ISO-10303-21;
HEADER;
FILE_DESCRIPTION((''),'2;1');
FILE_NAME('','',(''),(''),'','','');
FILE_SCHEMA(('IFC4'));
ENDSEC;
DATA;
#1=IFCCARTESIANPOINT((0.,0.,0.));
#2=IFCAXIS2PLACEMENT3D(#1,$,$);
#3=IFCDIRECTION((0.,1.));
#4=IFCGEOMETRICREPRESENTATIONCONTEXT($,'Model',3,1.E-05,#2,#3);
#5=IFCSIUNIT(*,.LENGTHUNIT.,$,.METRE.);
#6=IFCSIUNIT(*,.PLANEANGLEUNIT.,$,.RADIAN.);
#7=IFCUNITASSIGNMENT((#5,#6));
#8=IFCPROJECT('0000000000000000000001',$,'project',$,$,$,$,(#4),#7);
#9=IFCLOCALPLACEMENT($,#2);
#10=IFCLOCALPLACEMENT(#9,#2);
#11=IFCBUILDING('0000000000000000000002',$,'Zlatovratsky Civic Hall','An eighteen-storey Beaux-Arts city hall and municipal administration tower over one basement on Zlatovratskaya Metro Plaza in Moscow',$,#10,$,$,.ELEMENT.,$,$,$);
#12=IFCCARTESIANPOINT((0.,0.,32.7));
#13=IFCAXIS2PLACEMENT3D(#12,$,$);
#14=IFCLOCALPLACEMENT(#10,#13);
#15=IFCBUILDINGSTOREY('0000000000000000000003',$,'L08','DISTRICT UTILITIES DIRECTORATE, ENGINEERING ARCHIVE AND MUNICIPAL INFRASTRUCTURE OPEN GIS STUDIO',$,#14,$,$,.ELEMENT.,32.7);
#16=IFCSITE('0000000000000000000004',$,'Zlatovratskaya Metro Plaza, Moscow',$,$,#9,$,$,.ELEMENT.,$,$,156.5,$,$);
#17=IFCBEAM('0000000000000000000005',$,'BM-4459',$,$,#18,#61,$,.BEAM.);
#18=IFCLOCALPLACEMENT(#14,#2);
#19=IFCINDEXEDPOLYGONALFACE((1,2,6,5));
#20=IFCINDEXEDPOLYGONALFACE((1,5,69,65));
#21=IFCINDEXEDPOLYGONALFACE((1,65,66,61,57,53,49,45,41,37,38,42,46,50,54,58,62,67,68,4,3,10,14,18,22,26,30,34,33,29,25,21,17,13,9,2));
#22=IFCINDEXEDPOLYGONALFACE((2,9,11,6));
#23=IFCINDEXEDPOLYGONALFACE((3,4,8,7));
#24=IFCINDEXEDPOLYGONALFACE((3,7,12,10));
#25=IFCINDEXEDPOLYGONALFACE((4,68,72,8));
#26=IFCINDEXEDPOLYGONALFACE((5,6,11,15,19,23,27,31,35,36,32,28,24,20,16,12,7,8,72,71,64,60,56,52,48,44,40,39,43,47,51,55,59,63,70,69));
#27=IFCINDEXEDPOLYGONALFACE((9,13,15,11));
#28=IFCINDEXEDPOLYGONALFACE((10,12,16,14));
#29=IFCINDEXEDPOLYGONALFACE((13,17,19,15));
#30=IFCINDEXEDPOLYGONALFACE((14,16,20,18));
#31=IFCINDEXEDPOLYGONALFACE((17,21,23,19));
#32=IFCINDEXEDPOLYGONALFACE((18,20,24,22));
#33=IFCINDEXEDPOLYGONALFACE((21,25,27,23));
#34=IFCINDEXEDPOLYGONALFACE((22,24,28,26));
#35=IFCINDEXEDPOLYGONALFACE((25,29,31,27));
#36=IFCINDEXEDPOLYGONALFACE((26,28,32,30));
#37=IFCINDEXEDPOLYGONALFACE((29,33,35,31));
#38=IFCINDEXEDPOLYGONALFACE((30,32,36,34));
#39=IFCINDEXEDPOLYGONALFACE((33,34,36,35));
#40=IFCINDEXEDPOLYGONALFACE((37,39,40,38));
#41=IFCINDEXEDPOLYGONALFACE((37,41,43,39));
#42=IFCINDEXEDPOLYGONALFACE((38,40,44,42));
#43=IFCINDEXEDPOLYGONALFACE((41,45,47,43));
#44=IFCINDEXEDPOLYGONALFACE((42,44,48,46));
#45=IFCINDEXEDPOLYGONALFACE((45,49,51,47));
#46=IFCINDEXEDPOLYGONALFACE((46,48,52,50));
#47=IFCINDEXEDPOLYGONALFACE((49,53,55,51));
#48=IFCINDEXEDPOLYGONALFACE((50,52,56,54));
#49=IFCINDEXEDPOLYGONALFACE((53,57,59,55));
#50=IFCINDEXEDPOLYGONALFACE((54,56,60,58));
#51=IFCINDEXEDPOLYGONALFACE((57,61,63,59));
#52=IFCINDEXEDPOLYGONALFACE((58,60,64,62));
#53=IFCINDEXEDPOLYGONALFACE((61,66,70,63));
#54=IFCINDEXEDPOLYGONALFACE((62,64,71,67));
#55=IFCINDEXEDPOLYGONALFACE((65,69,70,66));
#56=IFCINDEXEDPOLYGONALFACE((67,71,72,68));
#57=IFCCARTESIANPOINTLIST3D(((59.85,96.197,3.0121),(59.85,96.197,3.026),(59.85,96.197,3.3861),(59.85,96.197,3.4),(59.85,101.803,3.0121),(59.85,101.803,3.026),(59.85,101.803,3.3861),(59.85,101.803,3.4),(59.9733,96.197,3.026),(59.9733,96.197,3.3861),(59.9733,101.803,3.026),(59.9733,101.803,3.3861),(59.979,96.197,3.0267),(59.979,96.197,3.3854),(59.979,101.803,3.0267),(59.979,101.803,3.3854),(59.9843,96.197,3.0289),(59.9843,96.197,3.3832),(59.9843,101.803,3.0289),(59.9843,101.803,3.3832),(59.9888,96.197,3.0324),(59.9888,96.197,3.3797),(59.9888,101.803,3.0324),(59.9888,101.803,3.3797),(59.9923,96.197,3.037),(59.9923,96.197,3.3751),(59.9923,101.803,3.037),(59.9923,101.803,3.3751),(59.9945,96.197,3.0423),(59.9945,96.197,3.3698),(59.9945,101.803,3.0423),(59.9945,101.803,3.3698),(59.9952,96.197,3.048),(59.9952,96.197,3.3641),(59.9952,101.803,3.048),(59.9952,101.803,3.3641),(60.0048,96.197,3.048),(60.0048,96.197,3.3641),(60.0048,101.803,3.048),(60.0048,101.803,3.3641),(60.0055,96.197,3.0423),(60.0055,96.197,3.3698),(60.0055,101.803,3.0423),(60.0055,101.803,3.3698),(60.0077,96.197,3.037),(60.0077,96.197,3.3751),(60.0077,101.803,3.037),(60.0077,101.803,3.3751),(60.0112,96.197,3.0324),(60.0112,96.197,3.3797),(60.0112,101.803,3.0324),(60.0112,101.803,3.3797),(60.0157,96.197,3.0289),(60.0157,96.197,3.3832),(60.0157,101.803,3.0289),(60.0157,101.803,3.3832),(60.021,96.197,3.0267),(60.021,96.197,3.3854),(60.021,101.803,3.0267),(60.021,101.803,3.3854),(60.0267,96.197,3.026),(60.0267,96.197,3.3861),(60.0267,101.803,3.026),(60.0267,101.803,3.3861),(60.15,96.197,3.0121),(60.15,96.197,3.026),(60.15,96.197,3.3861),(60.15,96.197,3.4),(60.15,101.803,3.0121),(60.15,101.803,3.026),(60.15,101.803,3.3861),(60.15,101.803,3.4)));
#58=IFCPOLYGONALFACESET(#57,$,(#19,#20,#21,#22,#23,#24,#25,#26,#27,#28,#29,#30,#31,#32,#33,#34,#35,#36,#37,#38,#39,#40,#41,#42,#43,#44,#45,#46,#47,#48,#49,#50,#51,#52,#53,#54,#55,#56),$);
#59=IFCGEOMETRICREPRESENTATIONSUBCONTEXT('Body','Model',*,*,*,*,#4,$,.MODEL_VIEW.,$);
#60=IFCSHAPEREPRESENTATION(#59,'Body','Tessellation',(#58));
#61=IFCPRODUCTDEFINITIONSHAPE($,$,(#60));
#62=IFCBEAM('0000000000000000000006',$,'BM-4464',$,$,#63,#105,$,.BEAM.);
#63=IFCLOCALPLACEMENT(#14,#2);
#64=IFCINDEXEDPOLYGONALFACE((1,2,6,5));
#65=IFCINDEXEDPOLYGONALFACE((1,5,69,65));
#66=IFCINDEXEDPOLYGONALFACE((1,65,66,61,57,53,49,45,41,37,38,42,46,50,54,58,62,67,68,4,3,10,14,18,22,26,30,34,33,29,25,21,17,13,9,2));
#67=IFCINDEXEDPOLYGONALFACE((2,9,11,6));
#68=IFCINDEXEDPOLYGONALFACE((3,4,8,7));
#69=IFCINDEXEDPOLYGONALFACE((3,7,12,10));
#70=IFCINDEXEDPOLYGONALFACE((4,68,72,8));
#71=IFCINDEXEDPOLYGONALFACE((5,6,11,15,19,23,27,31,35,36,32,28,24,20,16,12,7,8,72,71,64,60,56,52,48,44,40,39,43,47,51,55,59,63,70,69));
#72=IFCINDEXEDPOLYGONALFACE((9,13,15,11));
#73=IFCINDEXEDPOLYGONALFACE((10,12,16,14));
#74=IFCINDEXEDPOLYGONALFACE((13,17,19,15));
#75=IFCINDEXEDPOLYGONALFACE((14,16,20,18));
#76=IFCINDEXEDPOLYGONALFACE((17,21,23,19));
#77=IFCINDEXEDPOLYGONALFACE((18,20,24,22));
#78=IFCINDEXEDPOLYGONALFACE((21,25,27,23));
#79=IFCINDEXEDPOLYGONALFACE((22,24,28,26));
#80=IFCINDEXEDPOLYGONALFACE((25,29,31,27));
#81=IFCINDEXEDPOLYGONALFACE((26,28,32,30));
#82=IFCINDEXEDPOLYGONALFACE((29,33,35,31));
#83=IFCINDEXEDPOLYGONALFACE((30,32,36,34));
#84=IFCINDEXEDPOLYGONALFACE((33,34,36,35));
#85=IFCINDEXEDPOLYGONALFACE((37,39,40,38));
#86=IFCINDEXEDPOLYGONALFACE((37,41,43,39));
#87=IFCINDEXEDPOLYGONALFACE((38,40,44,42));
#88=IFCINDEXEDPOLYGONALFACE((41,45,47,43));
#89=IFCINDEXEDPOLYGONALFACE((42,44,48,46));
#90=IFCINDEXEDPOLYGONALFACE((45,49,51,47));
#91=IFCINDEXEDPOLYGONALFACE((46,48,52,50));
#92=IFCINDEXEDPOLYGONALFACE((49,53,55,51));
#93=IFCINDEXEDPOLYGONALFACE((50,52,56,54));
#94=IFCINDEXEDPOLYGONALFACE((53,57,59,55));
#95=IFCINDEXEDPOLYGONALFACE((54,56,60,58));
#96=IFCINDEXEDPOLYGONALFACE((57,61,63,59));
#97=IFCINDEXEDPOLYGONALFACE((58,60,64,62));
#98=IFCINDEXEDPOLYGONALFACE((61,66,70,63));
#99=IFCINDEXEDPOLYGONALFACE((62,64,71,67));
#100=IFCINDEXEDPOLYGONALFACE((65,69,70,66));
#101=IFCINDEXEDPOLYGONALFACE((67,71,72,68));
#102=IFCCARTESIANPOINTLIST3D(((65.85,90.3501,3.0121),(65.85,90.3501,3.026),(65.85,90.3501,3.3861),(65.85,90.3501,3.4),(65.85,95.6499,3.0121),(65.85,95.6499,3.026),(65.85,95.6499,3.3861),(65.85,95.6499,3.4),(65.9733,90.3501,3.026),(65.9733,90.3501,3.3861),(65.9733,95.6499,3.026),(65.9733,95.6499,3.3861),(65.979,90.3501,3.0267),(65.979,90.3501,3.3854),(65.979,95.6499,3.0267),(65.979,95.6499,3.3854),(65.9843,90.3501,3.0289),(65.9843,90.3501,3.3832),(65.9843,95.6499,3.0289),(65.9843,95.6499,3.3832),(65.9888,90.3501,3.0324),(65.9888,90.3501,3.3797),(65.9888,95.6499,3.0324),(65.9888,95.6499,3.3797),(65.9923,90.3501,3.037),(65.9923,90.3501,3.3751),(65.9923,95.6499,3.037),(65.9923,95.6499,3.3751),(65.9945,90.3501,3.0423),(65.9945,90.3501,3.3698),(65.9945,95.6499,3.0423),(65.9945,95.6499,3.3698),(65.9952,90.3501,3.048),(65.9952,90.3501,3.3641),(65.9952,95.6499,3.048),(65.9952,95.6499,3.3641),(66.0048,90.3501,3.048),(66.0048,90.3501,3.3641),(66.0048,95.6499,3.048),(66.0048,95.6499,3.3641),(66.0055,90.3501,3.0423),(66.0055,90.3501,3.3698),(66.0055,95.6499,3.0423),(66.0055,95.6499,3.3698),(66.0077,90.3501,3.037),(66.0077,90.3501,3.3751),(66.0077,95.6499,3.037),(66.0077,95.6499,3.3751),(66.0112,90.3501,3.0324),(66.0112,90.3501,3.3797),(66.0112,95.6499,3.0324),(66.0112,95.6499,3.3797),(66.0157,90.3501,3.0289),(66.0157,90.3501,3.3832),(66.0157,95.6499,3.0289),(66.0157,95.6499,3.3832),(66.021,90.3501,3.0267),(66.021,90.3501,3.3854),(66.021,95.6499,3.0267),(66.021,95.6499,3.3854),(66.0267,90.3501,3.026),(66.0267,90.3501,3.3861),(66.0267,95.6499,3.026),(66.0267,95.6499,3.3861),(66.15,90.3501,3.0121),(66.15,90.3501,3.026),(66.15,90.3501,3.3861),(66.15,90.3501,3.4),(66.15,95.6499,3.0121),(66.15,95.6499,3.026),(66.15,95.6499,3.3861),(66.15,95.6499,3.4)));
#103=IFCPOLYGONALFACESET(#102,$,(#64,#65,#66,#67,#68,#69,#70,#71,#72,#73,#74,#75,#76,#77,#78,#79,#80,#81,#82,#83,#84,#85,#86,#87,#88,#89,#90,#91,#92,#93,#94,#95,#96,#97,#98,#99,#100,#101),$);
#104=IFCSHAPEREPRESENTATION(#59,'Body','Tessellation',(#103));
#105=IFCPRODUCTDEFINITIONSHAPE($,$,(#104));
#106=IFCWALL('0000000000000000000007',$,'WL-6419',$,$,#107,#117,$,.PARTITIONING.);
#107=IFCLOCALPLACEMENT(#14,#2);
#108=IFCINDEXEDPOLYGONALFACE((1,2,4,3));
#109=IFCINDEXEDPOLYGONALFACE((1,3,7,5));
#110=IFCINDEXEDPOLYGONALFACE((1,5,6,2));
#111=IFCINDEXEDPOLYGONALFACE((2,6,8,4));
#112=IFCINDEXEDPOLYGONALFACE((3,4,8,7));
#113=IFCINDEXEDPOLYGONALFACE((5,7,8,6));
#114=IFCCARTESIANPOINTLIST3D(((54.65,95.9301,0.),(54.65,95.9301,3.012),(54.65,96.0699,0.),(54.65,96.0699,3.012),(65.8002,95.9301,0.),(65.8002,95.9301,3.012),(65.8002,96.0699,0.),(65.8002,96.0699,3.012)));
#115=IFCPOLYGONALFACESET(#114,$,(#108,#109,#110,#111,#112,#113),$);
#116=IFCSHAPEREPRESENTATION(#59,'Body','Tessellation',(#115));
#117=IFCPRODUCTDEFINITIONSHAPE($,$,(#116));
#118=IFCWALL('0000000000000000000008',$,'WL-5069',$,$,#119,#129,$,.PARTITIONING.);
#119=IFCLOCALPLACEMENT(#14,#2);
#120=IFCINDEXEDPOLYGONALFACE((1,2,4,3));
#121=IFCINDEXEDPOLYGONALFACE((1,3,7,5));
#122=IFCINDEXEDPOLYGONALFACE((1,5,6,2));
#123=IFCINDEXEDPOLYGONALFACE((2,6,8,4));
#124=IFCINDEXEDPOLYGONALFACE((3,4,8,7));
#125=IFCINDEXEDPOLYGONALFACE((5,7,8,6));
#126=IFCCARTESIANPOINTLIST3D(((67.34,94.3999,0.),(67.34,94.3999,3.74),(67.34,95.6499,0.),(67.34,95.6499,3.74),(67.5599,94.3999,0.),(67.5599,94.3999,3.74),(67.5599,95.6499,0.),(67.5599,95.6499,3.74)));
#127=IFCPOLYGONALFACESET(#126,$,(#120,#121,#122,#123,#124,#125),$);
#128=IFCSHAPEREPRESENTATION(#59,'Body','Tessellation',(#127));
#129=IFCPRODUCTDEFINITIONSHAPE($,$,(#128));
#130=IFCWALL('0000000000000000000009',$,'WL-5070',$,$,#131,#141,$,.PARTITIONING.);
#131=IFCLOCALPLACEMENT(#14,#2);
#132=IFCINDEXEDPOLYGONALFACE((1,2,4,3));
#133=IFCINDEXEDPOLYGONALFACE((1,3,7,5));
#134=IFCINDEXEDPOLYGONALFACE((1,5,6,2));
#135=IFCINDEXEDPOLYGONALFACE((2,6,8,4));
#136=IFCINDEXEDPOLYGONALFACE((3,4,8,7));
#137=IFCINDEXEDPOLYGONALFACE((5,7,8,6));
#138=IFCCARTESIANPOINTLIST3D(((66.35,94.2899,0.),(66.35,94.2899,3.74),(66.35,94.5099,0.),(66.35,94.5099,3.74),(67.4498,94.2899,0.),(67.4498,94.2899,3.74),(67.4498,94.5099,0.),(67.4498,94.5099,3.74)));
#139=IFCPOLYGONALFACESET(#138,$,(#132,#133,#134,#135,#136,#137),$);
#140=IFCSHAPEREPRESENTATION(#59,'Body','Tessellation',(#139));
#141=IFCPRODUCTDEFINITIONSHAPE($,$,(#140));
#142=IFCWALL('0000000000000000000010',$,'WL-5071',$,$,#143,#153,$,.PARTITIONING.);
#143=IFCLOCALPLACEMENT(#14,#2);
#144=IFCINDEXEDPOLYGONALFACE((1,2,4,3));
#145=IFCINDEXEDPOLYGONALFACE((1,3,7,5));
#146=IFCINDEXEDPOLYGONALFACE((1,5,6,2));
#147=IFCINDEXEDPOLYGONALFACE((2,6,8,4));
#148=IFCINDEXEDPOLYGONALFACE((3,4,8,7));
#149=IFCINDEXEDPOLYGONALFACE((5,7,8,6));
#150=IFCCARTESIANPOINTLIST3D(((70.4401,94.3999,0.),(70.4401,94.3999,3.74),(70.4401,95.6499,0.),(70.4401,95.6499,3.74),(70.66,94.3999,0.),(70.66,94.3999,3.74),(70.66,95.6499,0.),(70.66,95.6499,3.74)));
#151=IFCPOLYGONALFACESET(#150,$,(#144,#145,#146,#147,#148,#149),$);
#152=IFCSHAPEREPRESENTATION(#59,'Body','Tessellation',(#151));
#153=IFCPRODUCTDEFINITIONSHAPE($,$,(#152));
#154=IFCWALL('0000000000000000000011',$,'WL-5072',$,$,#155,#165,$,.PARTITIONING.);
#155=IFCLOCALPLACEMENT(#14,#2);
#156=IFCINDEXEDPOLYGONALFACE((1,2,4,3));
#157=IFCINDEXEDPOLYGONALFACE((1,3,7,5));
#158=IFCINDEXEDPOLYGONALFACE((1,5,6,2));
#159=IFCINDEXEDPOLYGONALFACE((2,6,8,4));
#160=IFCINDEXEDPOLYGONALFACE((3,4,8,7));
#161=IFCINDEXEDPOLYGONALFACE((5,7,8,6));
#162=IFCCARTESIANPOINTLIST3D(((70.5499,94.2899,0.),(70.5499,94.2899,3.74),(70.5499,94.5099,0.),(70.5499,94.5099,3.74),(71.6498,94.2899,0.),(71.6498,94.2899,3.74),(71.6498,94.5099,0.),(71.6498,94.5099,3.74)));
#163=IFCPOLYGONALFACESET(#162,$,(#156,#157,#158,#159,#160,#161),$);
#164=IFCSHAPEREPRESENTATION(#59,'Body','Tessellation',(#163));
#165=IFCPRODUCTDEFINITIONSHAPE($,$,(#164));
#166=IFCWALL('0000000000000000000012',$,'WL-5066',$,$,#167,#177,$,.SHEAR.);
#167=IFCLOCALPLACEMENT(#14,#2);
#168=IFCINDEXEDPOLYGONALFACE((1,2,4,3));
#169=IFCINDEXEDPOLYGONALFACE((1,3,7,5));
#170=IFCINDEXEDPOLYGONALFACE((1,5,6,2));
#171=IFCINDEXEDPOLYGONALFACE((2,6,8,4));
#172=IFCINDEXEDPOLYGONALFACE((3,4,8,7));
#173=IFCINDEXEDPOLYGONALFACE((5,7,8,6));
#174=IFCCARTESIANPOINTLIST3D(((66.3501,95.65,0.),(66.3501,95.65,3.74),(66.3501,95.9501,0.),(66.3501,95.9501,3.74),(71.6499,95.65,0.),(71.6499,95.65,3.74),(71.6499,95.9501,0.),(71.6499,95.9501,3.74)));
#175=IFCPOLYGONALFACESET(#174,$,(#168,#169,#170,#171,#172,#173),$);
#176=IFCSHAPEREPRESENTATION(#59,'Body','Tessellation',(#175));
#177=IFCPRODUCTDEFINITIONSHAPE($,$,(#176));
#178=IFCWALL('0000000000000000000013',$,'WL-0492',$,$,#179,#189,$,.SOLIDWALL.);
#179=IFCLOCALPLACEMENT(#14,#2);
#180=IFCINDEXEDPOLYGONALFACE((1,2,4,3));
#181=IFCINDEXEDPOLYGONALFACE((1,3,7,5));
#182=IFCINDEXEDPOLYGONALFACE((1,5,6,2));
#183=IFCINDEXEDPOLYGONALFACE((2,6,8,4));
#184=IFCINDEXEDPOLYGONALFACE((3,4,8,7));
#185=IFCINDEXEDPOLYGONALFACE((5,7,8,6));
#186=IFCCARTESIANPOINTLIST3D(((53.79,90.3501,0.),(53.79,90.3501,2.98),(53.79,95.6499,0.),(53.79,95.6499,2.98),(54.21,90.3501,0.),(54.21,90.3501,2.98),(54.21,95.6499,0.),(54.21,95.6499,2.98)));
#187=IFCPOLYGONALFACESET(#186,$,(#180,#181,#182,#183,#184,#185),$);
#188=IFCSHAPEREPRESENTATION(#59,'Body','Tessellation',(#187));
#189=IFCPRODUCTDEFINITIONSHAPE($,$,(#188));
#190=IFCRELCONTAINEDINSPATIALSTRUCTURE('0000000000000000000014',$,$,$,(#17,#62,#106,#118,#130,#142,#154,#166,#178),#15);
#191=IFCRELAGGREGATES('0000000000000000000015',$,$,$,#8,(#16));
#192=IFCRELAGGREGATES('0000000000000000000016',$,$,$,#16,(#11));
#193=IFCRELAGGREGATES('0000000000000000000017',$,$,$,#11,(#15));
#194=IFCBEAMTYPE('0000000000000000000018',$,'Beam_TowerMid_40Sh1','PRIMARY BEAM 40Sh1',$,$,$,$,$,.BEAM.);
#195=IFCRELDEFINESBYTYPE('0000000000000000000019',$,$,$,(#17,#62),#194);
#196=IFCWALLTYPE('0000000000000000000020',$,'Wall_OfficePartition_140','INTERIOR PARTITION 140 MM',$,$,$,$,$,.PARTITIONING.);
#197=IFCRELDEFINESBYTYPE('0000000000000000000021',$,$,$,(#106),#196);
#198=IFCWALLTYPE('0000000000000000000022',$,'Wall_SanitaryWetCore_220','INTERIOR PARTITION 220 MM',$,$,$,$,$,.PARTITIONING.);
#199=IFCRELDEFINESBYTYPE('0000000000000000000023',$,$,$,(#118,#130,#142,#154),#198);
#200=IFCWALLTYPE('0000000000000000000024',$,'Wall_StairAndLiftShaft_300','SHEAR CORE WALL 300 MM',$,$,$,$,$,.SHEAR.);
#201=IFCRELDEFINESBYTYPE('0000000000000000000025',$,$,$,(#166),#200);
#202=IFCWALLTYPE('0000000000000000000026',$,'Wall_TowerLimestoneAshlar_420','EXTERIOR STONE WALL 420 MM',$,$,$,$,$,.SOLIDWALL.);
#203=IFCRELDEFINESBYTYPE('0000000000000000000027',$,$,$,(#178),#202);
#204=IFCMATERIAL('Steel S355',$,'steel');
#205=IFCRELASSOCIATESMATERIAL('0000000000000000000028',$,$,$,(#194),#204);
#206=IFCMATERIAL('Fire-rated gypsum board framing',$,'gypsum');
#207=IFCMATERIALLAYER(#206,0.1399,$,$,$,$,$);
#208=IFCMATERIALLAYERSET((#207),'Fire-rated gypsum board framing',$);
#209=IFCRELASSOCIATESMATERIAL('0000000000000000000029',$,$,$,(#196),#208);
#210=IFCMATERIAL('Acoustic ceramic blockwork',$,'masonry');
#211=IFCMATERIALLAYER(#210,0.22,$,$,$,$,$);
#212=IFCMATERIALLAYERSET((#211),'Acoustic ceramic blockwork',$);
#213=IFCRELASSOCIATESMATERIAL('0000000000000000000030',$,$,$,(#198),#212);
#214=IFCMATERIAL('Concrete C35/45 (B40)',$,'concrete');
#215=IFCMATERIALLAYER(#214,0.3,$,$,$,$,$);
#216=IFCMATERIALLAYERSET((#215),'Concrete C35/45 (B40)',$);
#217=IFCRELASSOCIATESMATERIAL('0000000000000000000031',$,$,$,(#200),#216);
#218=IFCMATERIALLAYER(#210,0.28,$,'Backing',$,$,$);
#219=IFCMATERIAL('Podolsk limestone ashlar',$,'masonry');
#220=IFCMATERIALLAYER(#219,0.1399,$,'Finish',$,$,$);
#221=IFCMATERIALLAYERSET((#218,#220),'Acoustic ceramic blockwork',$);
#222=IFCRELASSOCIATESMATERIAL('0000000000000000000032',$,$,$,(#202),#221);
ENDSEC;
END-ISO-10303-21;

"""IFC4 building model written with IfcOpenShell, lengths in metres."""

from ifc_helpers import new_model, si_unit, direction, frame, frame_2d, origin, origin_2d, place, context, subcontext, project, spatial, rectangle, i_section, extrude, material, layer, layer_set, material_profile, profile_set, type_object, element, save


model = new_model("IFC4")

# Units and contexts
model_context = context("Model", 3, precision=1e-05, world=origin(), true_north=direction((0.0, 1.0)))
body_context = subcontext(model_context, "Body", "Model", "MODEL_VIEW")
ifc_project = project(units=[si_unit("LENGTHUNIT", "METRE"), si_unit("PLANEANGLEUNIT", "RADIAN")], contexts=[model_context])

# Site, building, storey
site_placement = place(None, origin())
site = spatial("IfcSite", under=ifc_project, at=site_placement, Name="Zlatovratskaya Metro Plaza, Moscow", CompositionType="ELEMENT", RefElevation=156.5)
building_placement = place(site_placement, origin())
building = spatial("IfcBuilding", under=site, at=building_placement, Name="Zlatovratsky Civic Hall", Description="An eighteen-storey Beaux-Arts city hall and municipal administration tower over one basement on Zlatovratskaya Metro Plaza in Moscow", CompositionType="ELEMENT")
storey_placement = place(building_placement, frame((0.0, 0.0, 32.7)))
storey = spatial("IfcBuildingStorey", under=building, at=storey_placement, Name="L08", Description="DISTRICT UTILITIES DIRECTORATE, ENGINEERING ARCHIVE AND MUNICIPAL INFRASTRUCTURE OPEN GIS STUDIO", CompositionType="ELEMENT", Elevation=32.7)

# Shared definitions
ifc_material_1 = material(Name="Concrete C35/45 (B40)", Category="concrete")
ifc_material_2 = material(Name="Steel S355", Category="steel")

# Beams
ifc_material_profile_1 = material_profile(ifc_material_2, i_section(OverallWidth=0.3, OverallDepth=0.3879, WebThickness=0.0095, FlangeThickness=0.0139, FilletRadius=0.022, at=origin_2d()), Name="40Sh1")
ifc_profile_set_1 = profile_set([ifc_material_profile_1], Name="Steel S355")
beam_type_1 = type_object("IfcBeamType", Name="Beam_TowerMid_40Sh1", Description="PRIMARY BEAM 40Sh1", PredefinedType="BEAM", material=ifc_profile_set_1)
for number, where, z_axis, x_axis, name in (
    (1, (60.0, 96.197, 3.2061), (0.0, 1.0, 0.0), (-1.0, 0.0, 0.0), "BM-4459"),
):
    element("IfcBeam", number, at=place(storey_placement, frame(where, z_axis=z_axis, x_axis=x_axis)), inside=storey, type_object=beam_type_1, Name=name, PredefinedType="BEAM", context=body_context, shape_type="SweptSolid", body=[
        extrude(i_section(OverallWidth=0.3, OverallDepth=0.3879, WebThickness=0.0095, FlangeThickness=0.0139, FilletRadius=0.022, at=origin_2d()), origin(), (0.0, 0.0, 1.0), 5.606),
    ])
beam_1_placement = place(storey_placement, frame((66.0, 90.3501, 3.2061), z_axis=(0.0, 1.0, 0.0), x_axis=(-1.0, 0.0, 0.0)))
element("IfcBeam", 2, at=beam_1_placement, inside=storey, type_object=beam_type_1, Name="BM-4464", PredefinedType="BEAM", context=body_context, shape_type="SweptSolid", body=[
    extrude(i_section(OverallWidth=0.3, OverallDepth=0.3879, WebThickness=0.0095, FlangeThickness=0.0139, FilletRadius=0.022, at=origin_2d()), origin(), (0.0, 0.0, 1.0), 5.2998),
])

# Walls
ifc_material_3 = material(Name="Fire-rated gypsum board framing", Category="gypsum")
ifc_layer_1 = layer(ifc_material_3, 0.1399)
ifc_layer_set_1 = layer_set([ifc_layer_1], Name="Fire-rated gypsum board framing")
wall_type_1 = type_object("IfcWallType", Name="Wall_OfficePartition_140", Description="INTERIOR PARTITION 140 MM", PredefinedType="PARTITIONING", material=ifc_layer_set_1)
wall_1_placement = place(storey_placement, frame((54.6499, 96.0, 0.0), z_axis=(0.0, 0.0, 1.0), x_axis=(1.0, 0.0, 0.0)))
element("IfcWall", 3, at=wall_1_placement, inside=storey, type_object=wall_type_1, Name="WL-6419", PredefinedType="PARTITIONING", context=body_context, shape_type="SweptSolid", body=[
    extrude(rectangle(XDim=11.1501, YDim=0.1399, at=frame_2d((5.5752, 0.0))), origin(), (0.0, 0.0, 1.0), 3.012),
])
ifc_material_4 = material(Name="Acoustic ceramic blockwork", Category="masonry")
ifc_layer_2 = layer(ifc_material_4, 0.22)
ifc_layer_set_2 = layer_set([ifc_layer_2], Name="Acoustic ceramic blockwork")
wall_type_2 = type_object("IfcWallType", Name="Wall_SanitaryWetCore_220", Description="INTERIOR PARTITION 220 MM", PredefinedType="PARTITIONING", material=ifc_layer_set_2)
wall_2_placement = place(storey_placement, frame((67.45, 94.3999, 0.0), z_axis=(0.0, 0.0, 1.0), x_axis=(0.0, 1.0, 0.0)))
element("IfcWall", 4, at=wall_2_placement, inside=storey, type_object=wall_type_2, Name="WL-5069", PredefinedType="PARTITIONING", context=body_context, shape_type="SweptSolid", body=[
    extrude(rectangle(XDim=1.25, YDim=0.22, at=frame_2d((0.625, 0.0))), origin(), (0.0, 0.0, 1.0), 3.74),
])
wall_3_placement = place(storey_placement, frame((66.3501, 94.3999, 0.0), z_axis=(0.0, 0.0, 1.0), x_axis=(1.0, 0.0, 0.0)))
element("IfcWall", 5, at=wall_3_placement, inside=storey, type_object=wall_type_2, Name="WL-5070", PredefinedType="PARTITIONING", context=body_context, shape_type="SweptSolid", body=[
    extrude(rectangle(XDim=1.0999, YDim=0.22, at=frame_2d((0.5498, 0.0))), origin(), (0.0, 0.0, 1.0), 3.74),
])
wall_4_placement = place(storey_placement, frame((70.55, 94.3999, 0.0), z_axis=(0.0, 0.0, 1.0), x_axis=(0.0, 1.0, 0.0)))
element("IfcWall", 6, at=wall_4_placement, inside=storey, type_object=wall_type_2, Name="WL-5071", PredefinedType="PARTITIONING", context=body_context, shape_type="SweptSolid", body=[
    extrude(rectangle(XDim=1.25, YDim=0.22, at=frame_2d((0.625, 0.0))), origin(), (0.0, 0.0, 1.0), 3.74),
])
wall_5_placement = place(storey_placement, frame((70.55, 94.3999, 0.0), z_axis=(0.0, 0.0, 1.0), x_axis=(1.0, 0.0, 0.0)))
element("IfcWall", 7, at=wall_5_placement, inside=storey, type_object=wall_type_2, Name="WL-5072", PredefinedType="PARTITIONING", context=body_context, shape_type="SweptSolid", body=[
    extrude(rectangle(XDim=1.0999, YDim=0.22, at=frame_2d((0.5498, 0.0))), origin(), (0.0, 0.0, 1.0), 3.74),
])
ifc_layer_3 = layer(ifc_material_1, 0.3)
ifc_layer_set_3 = layer_set([ifc_layer_3], Name="Concrete C35/45 (B40)")
wall_type_3 = type_object("IfcWallType", Name="Wall_StairAndLiftShaft_300", Description="SHEAR CORE WALL 300 MM", PredefinedType="SHEAR", material=ifc_layer_set_3)
wall_6_placement = place(storey_placement, frame((66.3501, 95.8, 0.0), z_axis=(0.0, 0.0, 1.0), x_axis=(1.0, 0.0, 0.0)))
element("IfcWall", 8, at=wall_6_placement, inside=storey, type_object=wall_type_3, Name="WL-5066", PredefinedType="SHEAR", context=body_context, shape_type="SweptSolid", body=[
    extrude(rectangle(XDim=5.2998, YDim=0.3, at=frame_2d((2.6499, 0.0))), origin(), (0.0, 0.0, 1.0), 3.74),
])
ifc_layer_4 = layer(ifc_material_4, 0.28, Name="Backing")
ifc_material_5 = material(Name="Podolsk limestone ashlar", Category="masonry")
ifc_layer_5 = layer(ifc_material_5, 0.1399, Name="Finish")
ifc_layer_set_4 = layer_set([ifc_layer_4, ifc_layer_5], Name="Acoustic ceramic blockwork")
wall_type_4 = type_object("IfcWallType", Name="Wall_TowerLimestoneAshlar_420", Description="EXTERIOR STONE WALL 420 MM", PredefinedType="SOLIDWALL", material=ifc_layer_set_4)
wall_7_placement = place(storey_placement, frame((54.0, 90.3501, 0.0), z_axis=(0.0, 0.0, 1.0), x_axis=(0.0, 1.0, 0.0)))
element("IfcWall", 9, at=wall_7_placement, inside=storey, type_object=wall_type_4, Name="WL-0492", PredefinedType="SOLIDWALL", context=body_context, shape_type="SweptSolid", body=[
    extrude(rectangle(XDim=5.2998, YDim=0.4199, at=frame_2d((2.6499, 0.0))), origin(), (0.0, 0.0, 1.0), 2.98),
])

save(model, "model.ifc")
